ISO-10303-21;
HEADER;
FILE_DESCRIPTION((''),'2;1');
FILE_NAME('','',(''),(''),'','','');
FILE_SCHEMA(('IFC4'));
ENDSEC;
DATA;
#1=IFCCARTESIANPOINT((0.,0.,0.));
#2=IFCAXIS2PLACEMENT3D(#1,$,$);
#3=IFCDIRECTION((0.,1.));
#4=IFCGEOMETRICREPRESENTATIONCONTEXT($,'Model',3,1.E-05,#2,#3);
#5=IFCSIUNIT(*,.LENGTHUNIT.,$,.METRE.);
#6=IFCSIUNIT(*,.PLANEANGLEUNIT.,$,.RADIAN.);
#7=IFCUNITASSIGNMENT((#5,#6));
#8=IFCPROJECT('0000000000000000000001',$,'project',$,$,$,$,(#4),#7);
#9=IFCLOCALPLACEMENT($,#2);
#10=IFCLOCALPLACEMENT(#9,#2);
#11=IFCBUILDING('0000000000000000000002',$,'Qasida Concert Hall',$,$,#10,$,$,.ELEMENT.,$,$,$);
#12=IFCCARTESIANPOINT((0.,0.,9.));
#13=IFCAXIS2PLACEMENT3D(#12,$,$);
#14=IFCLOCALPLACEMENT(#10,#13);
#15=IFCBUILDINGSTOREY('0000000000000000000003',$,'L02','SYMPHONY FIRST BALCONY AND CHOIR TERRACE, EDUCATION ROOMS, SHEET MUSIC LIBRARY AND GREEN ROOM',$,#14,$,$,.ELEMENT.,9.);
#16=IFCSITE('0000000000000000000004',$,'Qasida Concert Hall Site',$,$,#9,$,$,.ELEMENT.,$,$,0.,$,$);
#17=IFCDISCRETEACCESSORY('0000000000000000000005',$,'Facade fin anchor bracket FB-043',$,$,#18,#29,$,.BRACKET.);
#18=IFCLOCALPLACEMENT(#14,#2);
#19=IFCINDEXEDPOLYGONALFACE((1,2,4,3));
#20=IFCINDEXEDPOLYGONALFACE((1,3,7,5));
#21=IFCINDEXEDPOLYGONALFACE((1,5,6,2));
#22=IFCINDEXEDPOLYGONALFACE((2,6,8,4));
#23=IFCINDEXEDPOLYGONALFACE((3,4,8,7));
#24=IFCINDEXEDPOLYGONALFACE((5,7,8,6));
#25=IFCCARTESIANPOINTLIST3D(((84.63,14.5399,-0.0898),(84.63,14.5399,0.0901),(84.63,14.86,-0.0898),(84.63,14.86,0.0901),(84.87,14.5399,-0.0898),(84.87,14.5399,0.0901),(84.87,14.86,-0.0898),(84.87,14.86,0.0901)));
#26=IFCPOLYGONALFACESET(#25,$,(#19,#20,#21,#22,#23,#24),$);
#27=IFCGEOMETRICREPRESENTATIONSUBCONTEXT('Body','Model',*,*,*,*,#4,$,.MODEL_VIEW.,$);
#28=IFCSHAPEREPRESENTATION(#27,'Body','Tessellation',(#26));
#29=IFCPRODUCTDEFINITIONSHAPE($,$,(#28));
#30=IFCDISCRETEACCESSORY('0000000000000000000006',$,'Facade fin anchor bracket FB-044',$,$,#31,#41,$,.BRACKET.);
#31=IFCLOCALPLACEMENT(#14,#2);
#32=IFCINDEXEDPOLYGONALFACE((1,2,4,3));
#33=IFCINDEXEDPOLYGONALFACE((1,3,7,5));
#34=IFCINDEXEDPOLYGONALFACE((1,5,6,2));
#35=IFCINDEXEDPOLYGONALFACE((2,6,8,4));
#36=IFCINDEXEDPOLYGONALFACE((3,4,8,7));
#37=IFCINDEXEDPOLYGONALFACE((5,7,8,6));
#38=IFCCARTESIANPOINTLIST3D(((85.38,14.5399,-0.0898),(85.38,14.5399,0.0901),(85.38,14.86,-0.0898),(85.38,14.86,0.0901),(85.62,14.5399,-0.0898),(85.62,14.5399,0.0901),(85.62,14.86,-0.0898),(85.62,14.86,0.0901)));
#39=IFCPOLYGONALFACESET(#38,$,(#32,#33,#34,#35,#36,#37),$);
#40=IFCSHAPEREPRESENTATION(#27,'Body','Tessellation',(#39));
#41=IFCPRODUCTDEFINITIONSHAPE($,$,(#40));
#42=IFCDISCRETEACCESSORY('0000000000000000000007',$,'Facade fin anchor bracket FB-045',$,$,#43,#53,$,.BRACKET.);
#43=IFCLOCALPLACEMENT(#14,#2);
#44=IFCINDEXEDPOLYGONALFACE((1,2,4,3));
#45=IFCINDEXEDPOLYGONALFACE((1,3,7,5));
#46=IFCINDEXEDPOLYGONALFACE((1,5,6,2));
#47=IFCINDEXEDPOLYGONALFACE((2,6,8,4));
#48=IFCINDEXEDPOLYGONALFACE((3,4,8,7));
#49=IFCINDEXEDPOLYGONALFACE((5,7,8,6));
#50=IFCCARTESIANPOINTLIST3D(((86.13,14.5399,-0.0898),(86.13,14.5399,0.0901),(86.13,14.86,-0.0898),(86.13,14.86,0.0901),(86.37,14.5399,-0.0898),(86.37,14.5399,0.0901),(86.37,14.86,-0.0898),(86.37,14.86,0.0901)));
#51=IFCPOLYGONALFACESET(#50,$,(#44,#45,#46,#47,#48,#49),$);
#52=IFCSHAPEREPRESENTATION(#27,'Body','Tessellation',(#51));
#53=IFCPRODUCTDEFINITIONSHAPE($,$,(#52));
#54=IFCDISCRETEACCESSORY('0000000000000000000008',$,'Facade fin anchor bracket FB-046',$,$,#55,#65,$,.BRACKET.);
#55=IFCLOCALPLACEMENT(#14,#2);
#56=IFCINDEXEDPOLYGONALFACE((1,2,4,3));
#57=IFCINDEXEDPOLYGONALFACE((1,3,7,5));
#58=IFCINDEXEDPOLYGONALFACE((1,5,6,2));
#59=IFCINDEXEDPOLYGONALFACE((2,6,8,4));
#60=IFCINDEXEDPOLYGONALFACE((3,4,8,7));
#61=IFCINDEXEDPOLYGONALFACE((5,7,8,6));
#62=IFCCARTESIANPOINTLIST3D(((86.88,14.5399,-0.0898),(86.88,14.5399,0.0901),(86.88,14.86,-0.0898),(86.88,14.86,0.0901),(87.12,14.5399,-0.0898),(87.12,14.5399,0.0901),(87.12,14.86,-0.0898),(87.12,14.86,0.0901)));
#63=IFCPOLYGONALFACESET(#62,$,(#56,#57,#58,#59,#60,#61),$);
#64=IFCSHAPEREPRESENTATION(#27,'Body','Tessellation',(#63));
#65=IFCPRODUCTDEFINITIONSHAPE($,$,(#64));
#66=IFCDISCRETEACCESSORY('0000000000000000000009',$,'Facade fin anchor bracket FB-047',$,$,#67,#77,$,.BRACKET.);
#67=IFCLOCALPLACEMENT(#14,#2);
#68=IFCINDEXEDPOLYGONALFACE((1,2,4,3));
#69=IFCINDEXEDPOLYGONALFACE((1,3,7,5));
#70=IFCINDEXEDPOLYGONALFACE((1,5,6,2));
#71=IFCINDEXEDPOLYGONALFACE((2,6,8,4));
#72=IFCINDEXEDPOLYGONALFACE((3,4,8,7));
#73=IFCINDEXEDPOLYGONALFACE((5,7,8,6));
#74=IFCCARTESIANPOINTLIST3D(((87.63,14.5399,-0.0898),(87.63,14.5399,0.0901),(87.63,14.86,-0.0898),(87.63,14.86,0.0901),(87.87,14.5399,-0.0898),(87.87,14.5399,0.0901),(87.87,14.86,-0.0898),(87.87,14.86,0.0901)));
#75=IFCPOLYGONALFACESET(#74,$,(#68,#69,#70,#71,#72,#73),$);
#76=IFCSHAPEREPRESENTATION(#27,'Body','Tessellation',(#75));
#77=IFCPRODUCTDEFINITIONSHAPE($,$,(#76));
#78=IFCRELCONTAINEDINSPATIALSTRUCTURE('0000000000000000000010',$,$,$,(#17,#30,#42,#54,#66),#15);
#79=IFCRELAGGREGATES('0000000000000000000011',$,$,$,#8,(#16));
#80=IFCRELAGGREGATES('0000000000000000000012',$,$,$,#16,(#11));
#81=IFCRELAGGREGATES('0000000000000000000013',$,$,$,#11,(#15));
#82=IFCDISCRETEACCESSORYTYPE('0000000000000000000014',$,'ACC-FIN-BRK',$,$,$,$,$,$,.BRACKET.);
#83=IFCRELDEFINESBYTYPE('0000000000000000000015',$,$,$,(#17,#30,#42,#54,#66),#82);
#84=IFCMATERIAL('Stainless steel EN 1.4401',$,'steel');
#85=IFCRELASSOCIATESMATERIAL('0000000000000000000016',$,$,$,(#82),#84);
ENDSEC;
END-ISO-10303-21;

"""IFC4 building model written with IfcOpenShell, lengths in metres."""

from ifc_helpers import new_model, si_unit, direction, frame, origin, origin_2d, place, context, subcontext, project, spatial, rectangle, extrude, material, type_object, element, save


model = new_model("IFC4")

# Units and contexts
model_context = context("Model", 3, precision=1e-05, world=origin(), true_north=direction((0.0, 1.0)))
body_context = subcontext(model_context, "Body", "Model", "MODEL_VIEW")
ifc_project = project(units=[si_unit("LENGTHUNIT", "METRE"), si_unit("PLANEANGLEUNIT", "RADIAN")], contexts=[model_context])

# Site, building, storey
site_placement = place(None, origin())
site = spatial("IfcSite", under=ifc_project, at=site_placement, Name="Qasida Concert Hall Site", CompositionType="ELEMENT", RefElevation=0.0)
building_placement = place(site_placement, origin())
building = spatial("IfcBuilding", under=site, at=building_placement, Name="Qasida Concert Hall", CompositionType="ELEMENT")
storey_placement = place(building_placement, frame((0.0, 0.0, 9.0)))
storey = spatial("IfcBuildingStorey", under=building, at=storey_placement, Name="L02", Description="SYMPHONY FIRST BALCONY AND CHOIR TERRACE, EDUCATION ROOMS, SHEET MUSIC LIBRARY AND GREEN ROOM", CompositionType="ELEMENT", Elevation=9.0)

# Discrete accessories
ifc_material_1 = material(Name="Stainless steel EN 1.4401", Category="steel")
discrete_accessory_type = type_object("IfcDiscreteAccessoryType", Name="ACC-FIN-BRK", PredefinedType="BRACKET", material=ifc_material_1)
for number, where, z_axis, x_axis, name in (
    (1, (84.75, 14.7, -0.0898), (0.0, 0.0, 1.0), (1.0, 0.0, 0.0), "Facade fin anchor bracket FB-043"),
    (2, (85.5, 14.7, -0.0898), (0.0, 0.0, 1.0), (1.0, 0.0, 0.0), "Facade fin anchor bracket FB-044"),
    (3, (86.25, 14.7, -0.0898), (0.0, 0.0, 1.0), (1.0, 0.0, 0.0), "Facade fin anchor bracket FB-045"),
    (4, (87.0, 14.7, -0.0898), (0.0, 0.0, 1.0), (1.0, 0.0, 0.0), "Facade fin anchor bracket FB-046"),
    (5, (87.75, 14.7, -0.0898), (0.0, 0.0, 1.0), (1.0, 0.0, 0.0), "Facade fin anchor bracket FB-047"),
):
    element("IfcDiscreteAccessory", number, at=place(storey_placement, frame(where, z_axis=z_axis, x_axis=x_axis)), inside=storey, type_object=discrete_accessory_type, Name=name, PredefinedType="BRACKET", context=body_context, shape_type="SweptSolid", body=[
        extrude(rectangle(XDim=0.24, YDim=0.3201, at=origin_2d()), origin(), (0.0, 0.0, 1.0), 0.1799),
    ])

save(model, "model.ifc")
